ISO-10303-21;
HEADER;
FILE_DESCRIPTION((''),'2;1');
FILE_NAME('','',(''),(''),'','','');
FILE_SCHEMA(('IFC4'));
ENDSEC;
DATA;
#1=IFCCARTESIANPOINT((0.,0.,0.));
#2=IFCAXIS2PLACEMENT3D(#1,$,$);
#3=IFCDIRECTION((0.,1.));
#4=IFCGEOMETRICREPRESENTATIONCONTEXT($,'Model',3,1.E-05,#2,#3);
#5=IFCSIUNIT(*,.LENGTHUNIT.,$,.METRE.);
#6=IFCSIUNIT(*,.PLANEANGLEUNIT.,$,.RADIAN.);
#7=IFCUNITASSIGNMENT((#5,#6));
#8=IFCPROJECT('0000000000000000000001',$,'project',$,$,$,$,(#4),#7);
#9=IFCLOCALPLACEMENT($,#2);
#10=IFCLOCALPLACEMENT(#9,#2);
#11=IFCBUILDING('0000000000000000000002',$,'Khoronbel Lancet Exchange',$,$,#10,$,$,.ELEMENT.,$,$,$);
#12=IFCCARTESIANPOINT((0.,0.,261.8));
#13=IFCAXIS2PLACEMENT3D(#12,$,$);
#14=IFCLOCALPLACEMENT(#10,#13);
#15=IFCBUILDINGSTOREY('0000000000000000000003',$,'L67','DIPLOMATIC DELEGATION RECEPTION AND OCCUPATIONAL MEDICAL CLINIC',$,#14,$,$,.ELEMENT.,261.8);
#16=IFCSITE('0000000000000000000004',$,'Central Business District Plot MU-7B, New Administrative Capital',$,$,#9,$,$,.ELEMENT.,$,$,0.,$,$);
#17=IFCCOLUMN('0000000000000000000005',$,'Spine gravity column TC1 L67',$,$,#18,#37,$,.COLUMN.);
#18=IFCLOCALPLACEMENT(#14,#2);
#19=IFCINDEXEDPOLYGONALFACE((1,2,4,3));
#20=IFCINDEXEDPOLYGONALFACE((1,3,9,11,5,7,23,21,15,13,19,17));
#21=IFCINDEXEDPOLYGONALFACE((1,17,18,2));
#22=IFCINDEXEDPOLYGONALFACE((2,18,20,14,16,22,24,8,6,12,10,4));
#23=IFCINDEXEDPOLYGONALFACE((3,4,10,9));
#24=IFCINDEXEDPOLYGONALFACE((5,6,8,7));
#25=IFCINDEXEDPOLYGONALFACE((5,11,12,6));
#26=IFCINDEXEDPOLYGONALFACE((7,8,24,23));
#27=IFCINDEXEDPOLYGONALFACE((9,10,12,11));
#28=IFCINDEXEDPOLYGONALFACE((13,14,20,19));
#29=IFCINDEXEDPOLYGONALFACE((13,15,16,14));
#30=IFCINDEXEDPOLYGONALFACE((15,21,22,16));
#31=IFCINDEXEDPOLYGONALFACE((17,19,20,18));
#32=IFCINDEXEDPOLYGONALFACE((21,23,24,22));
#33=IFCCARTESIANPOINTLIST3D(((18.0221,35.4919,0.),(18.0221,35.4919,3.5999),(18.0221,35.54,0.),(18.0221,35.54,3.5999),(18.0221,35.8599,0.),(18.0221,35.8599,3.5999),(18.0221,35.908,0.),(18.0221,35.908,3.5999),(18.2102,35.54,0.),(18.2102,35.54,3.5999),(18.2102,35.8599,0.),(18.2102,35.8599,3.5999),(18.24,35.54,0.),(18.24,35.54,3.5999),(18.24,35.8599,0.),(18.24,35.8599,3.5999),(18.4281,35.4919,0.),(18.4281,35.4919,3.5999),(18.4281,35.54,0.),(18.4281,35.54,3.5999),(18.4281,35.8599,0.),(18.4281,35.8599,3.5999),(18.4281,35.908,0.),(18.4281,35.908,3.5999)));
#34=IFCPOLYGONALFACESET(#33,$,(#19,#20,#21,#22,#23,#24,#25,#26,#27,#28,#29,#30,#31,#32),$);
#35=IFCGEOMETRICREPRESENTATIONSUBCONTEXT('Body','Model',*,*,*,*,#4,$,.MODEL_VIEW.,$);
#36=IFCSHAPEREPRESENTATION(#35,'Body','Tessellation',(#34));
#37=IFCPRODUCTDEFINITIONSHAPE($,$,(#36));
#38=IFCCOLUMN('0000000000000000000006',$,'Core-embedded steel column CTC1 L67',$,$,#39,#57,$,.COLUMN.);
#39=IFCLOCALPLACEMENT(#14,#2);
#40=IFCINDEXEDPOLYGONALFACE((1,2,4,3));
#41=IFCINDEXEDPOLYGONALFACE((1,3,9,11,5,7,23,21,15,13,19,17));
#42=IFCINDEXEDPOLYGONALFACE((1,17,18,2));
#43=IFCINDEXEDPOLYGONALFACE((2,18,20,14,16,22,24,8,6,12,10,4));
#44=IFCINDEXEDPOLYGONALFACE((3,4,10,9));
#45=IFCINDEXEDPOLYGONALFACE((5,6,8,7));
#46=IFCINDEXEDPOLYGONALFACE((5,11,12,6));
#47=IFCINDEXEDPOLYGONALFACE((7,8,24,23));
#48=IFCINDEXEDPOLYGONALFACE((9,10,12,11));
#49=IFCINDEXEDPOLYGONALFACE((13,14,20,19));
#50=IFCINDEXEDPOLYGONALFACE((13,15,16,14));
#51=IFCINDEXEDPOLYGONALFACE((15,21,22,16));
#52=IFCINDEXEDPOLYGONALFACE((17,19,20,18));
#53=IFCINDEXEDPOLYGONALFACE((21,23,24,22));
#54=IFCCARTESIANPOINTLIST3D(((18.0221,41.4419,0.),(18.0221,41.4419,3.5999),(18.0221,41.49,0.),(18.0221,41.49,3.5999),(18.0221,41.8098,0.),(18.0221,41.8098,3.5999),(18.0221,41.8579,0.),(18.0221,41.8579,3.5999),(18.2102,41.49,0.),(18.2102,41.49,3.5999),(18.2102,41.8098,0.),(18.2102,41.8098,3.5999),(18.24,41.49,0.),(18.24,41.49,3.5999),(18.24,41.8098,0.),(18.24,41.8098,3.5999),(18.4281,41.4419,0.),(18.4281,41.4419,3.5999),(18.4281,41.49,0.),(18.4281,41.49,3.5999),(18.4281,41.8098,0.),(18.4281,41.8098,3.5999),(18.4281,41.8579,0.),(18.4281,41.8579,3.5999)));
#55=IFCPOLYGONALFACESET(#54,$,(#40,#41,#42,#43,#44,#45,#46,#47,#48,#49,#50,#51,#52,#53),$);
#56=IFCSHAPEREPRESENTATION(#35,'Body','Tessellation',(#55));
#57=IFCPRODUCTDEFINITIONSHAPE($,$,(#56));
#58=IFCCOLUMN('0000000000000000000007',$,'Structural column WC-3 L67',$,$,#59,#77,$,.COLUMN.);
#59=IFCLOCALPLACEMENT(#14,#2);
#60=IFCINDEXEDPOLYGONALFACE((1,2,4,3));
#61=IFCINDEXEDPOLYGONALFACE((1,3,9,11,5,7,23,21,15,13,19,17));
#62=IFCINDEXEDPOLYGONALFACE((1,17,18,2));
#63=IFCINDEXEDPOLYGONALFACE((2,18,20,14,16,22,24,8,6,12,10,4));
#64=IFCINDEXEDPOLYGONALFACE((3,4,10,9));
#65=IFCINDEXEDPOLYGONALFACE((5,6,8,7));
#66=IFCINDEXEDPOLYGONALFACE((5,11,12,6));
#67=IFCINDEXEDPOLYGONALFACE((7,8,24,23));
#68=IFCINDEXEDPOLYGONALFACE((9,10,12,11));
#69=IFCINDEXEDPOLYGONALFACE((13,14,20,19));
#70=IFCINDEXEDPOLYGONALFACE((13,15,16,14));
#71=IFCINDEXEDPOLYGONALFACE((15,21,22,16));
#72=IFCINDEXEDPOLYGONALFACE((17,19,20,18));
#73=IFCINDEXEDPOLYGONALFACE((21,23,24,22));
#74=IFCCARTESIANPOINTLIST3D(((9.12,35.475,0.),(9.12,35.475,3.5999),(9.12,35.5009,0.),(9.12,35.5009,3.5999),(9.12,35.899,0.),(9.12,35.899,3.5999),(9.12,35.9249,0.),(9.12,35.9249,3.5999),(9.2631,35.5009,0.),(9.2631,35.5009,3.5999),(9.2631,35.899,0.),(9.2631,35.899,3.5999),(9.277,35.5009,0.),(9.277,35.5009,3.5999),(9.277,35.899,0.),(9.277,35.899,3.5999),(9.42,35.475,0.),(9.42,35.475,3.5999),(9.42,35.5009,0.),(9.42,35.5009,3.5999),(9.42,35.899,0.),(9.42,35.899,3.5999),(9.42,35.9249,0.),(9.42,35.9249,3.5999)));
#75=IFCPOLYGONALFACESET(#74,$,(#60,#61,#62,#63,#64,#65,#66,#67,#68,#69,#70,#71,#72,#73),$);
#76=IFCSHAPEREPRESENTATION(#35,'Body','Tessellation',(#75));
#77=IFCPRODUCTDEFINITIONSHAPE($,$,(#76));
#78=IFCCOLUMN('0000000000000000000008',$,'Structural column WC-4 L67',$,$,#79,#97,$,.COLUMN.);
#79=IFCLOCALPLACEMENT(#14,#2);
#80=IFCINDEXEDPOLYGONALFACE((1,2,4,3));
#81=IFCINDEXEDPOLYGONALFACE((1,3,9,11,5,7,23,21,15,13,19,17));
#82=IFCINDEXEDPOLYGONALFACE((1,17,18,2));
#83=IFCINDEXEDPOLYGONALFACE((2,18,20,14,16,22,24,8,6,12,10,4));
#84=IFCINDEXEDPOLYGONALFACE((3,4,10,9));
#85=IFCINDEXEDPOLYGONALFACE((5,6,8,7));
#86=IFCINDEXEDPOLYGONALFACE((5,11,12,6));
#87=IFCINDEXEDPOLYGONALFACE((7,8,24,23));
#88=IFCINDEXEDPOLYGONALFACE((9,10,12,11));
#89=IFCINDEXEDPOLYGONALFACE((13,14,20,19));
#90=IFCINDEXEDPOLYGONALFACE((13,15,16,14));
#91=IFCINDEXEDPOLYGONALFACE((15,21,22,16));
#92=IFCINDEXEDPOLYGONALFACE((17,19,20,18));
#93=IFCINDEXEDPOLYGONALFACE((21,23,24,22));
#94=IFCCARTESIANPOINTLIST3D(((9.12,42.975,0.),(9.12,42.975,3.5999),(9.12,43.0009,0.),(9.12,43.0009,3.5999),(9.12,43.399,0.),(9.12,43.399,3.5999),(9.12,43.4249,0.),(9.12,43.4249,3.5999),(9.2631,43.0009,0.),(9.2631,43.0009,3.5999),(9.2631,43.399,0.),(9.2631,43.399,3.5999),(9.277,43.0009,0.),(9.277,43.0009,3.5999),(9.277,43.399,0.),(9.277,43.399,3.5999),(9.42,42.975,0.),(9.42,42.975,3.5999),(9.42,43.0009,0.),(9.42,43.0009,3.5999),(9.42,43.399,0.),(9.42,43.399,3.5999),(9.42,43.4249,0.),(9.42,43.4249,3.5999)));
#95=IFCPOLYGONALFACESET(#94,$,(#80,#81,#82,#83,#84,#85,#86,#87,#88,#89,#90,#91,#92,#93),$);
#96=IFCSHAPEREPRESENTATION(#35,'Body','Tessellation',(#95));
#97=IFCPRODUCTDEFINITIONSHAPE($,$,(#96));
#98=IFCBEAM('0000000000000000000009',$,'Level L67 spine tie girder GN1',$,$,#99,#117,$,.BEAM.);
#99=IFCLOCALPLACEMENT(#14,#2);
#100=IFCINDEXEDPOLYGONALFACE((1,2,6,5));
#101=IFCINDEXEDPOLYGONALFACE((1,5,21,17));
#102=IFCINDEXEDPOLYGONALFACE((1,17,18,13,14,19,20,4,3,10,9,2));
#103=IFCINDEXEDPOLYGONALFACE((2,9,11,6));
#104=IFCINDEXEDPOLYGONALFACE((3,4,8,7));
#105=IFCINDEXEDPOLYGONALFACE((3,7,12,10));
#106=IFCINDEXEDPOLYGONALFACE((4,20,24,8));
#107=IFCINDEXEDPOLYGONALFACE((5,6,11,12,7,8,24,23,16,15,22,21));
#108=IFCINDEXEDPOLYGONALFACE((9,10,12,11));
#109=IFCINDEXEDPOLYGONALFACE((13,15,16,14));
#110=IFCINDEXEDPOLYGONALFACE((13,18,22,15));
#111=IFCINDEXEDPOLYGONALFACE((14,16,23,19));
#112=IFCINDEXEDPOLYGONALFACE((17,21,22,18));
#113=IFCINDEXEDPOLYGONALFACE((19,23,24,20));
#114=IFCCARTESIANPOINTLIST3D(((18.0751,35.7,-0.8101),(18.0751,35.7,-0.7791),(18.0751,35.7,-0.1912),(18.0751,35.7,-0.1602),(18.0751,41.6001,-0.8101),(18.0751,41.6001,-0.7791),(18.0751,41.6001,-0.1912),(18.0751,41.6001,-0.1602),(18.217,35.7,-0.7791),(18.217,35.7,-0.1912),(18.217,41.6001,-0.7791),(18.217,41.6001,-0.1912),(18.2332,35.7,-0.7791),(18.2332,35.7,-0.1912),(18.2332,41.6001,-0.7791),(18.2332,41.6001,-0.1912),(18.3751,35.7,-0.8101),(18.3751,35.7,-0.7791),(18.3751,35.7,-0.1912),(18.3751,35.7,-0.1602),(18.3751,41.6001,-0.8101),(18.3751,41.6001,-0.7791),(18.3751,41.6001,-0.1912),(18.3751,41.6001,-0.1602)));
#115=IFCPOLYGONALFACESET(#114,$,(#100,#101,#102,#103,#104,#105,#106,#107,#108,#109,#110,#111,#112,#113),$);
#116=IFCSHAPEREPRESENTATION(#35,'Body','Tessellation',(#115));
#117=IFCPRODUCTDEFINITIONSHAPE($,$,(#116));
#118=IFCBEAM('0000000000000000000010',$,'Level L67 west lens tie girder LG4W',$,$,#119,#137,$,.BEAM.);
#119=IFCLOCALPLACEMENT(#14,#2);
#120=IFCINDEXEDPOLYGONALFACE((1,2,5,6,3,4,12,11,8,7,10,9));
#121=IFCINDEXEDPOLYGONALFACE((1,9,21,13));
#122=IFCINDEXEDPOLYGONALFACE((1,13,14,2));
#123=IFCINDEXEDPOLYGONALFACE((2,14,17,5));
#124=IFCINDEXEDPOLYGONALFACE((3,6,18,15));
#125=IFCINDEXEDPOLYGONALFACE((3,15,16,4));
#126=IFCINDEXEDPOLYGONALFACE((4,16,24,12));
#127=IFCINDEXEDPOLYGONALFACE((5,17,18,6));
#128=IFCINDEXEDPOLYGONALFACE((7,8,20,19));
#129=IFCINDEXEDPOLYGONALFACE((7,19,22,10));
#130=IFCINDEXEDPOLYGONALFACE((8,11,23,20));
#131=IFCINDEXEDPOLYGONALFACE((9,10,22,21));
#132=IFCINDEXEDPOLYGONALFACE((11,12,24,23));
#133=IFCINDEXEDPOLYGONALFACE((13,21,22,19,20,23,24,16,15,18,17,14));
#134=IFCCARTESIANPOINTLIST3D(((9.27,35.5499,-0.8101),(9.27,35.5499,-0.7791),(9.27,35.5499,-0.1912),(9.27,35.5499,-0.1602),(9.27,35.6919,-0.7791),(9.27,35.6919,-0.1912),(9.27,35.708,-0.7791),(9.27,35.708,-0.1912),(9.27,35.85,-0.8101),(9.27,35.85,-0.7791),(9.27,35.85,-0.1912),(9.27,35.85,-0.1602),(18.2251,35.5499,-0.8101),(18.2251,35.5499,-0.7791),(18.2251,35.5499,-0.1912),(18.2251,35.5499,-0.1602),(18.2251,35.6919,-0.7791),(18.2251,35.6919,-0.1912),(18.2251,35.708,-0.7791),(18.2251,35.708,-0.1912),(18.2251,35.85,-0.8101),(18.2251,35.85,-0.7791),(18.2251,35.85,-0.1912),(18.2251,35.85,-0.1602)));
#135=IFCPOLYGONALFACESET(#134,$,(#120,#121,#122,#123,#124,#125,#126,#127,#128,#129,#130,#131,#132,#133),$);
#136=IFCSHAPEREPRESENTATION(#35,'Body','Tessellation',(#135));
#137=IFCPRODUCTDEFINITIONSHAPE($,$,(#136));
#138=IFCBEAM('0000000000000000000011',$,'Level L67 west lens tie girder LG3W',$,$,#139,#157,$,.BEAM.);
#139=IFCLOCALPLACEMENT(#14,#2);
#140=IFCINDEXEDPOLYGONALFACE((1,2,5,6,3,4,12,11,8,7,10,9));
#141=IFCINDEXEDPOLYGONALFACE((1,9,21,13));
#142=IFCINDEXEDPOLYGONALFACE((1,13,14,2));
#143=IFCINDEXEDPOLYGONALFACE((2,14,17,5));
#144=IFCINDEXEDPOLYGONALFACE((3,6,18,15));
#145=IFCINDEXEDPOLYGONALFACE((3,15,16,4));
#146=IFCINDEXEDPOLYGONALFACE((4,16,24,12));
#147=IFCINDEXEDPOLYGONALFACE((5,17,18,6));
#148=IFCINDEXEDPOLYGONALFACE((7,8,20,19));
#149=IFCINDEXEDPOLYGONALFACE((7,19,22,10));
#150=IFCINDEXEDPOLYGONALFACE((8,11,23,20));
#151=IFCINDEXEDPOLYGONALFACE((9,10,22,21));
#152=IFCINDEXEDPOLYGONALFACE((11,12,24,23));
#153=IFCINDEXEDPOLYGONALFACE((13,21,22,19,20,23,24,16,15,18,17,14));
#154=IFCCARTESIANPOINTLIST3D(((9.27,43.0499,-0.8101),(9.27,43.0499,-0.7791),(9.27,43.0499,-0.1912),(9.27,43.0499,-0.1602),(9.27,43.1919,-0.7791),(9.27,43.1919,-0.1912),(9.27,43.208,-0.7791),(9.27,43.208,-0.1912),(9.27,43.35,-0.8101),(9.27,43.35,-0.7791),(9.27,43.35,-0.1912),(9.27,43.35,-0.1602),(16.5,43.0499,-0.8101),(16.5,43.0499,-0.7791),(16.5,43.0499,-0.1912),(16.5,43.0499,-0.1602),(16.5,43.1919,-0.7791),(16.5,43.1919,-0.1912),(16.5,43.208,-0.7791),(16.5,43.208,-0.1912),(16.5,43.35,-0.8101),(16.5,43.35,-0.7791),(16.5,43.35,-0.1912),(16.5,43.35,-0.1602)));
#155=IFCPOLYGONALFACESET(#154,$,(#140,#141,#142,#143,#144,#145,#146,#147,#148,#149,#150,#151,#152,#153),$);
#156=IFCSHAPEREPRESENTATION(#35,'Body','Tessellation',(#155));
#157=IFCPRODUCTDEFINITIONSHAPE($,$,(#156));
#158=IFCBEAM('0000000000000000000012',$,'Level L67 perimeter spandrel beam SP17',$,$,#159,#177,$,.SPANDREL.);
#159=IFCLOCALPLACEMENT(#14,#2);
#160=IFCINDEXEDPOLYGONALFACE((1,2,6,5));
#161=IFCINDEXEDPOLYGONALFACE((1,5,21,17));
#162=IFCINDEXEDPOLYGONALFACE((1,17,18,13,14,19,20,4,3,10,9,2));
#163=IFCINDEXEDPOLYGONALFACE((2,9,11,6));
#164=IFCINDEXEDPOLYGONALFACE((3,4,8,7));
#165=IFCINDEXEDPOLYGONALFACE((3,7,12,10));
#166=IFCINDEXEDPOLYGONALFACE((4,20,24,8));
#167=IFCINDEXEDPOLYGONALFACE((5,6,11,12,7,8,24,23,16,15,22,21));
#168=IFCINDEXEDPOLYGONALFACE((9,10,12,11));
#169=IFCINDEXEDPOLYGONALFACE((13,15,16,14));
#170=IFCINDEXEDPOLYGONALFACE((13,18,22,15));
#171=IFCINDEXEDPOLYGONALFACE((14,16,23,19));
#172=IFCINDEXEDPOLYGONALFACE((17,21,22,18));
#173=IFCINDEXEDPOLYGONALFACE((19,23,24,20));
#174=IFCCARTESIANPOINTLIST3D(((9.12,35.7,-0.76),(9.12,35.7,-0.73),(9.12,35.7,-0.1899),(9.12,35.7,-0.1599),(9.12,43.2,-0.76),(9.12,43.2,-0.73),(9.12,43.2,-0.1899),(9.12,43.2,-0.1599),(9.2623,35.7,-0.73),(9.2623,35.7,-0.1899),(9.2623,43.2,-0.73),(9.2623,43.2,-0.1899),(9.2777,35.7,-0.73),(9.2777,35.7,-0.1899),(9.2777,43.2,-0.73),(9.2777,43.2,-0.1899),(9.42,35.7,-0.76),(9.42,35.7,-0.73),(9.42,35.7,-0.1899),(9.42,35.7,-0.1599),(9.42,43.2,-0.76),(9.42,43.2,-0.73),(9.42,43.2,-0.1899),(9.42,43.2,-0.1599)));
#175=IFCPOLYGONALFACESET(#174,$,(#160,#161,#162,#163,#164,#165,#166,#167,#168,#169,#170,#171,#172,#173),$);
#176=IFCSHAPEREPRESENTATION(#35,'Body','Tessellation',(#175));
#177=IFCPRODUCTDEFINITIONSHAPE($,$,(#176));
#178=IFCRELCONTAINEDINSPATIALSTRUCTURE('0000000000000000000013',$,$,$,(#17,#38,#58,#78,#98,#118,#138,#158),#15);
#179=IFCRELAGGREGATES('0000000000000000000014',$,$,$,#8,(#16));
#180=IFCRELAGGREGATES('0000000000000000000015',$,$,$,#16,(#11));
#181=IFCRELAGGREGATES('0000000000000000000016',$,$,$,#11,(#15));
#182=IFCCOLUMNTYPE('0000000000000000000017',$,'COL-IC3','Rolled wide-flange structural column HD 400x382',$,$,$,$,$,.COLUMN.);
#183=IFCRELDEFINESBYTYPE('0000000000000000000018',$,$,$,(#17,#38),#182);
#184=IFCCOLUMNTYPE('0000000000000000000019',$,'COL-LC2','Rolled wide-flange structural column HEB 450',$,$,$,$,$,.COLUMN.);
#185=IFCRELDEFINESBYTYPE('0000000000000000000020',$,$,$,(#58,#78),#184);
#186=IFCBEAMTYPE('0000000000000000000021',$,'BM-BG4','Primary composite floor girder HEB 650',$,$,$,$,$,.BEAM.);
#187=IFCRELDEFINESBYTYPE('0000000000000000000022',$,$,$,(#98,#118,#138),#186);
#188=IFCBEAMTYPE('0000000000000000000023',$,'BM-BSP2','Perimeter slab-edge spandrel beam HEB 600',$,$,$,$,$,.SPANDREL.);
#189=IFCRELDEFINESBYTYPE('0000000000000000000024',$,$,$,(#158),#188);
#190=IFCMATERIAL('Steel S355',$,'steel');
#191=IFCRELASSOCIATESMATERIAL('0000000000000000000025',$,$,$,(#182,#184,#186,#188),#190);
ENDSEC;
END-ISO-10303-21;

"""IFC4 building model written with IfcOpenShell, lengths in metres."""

from ifc_helpers import new_model, si_unit, direction, frame, origin, origin_2d, place, context, subcontext, project, spatial, i_section, extrude, material, material_profile, profile_set, type_object, element, save


model = new_model("IFC4")

# Units and contexts
model_context = context("Model", 3, precision=1e-05, world=origin(), true_north=direction((0.0, 1.0)))
body_context = subcontext(model_context, "Body", "Model", "MODEL_VIEW")
ifc_project = project(units=[si_unit("LENGTHUNIT", "METRE"), si_unit("PLANEANGLEUNIT", "RADIAN")], contexts=[model_context])

# Site, building, storey
site_placement = place(None, origin())
site = spatial("IfcSite", under=ifc_project, at=site_placement, Name="Central Business District Plot MU-7B, New Administrative Capital", CompositionType="ELEMENT", RefElevation=0.0)
building_placement = place(site_placement, origin())
building = spatial("IfcBuilding", under=site, at=building_placement, Name="Khoronbel Lancet Exchange", CompositionType="ELEMENT")
storey_placement = place(building_placement, frame((0.0, 0.0, 261.8)))
storey = spatial("IfcBuildingStorey", under=building, at=storey_placement, Name="L67", Description="DIPLOMATIC DELEGATION RECEPTION AND OCCUPATIONAL MEDICAL CLINIC", CompositionType="ELEMENT", Elevation=261.8)

# Columns
ifc_material_1 = material(Name="Steel S355", Category="steel")
ifc_material_profile_1 = material_profile(ifc_material_1, i_section(OverallWidth=0.406, OverallDepth=0.416, WebThickness=0.0298, FlangeThickness=0.0481, at=origin_2d()), Name="HD 400x382")
ifc_profile_set_1 = profile_set([ifc_material_profile_1], Name="Steel S355")
column_type_1 = type_object("IfcColumnType", Name="COL-IC3", Description="Rolled wide-flange structural column HD 400x382", PredefinedType="COLUMN", material=ifc_profile_set_1)
for number, where, z_axis, x_axis, name in (
    (1, (18.2251, 35.7, 0.0), (0.0, 0.0, 1.0), (1.0, 0.0, 0.0), "Spine gravity column TC1 L67"),
    (2, (18.2251, 41.6499, 0.0), (0.0, 0.0, 1.0), (1.0, 0.0, 0.0), "Core-embedded steel column CTC1 L67"),
):
    element("IfcColumn", number, at=place(storey_placement, frame(where, z_axis=z_axis, x_axis=x_axis)), inside=storey, type_object=column_type_1, Name=name, PredefinedType="COLUMN", context=body_context, shape_type="SweptSolid", body=[
        extrude(i_section(OverallWidth=0.406, OverallDepth=0.416, WebThickness=0.0298, FlangeThickness=0.0481, at=origin_2d()), origin(), (0.0, 0.0, 1.0), 3.5999),
    ])
ifc_material_profile_2 = material_profile(ifc_material_1, i_section(OverallWidth=0.3, OverallDepth=0.45, WebThickness=0.0139, FlangeThickness=0.0259, at=origin_2d()), Name="HEB 450")
ifc_profile_set_2 = profile_set([ifc_material_profile_2], Name="Steel S355")
column_type_2 = type_object("IfcColumnType", Name="COL-LC2", Description="Rolled wide-flange structural column HEB 450", PredefinedType="COLUMN", material=ifc_profile_set_2)
for number, where, z_axis, x_axis, name in (
    (3, (9.27, 35.7, 0.0), (0.0, 0.0, 1.0), (1.0, 0.0, 0.0), "Structural column WC-3 L67"),
    (4, (9.27, 43.2, 0.0), (0.0, 0.0, 1.0), (1.0, 0.0, 0.0), "Structural column WC-4 L67"),
):
    element("IfcColumn", number, at=place(storey_placement, frame(where, z_axis=z_axis, x_axis=x_axis)), inside=storey, type_object=column_type_2, Name=name, PredefinedType="COLUMN", context=body_context, shape_type="SweptSolid", body=[
        extrude(i_section(OverallWidth=0.3, OverallDepth=0.45, WebThickness=0.0139, FlangeThickness=0.0259, at=origin_2d()), origin(), (0.0, 0.0, 1.0), 3.5999),
    ])

# Beams
ifc_material_profile_3 = material_profile(ifc_material_1, i_section(OverallWidth=0.3, OverallDepth=0.6499, WebThickness=0.0161, FlangeThickness=0.031, at=origin_2d()), Name="HEB 650")
ifc_profile_set_3 = profile_set([ifc_material_profile_3], Name="Steel S355")
beam_type_1 = type_object("IfcBeamType", Name="BM-BG4", Description="Primary composite floor girder HEB 650", PredefinedType="BEAM", material=ifc_profile_set_3)
beam_1_placement = place(storey_placement, frame((18.2251, 35.7, -0.4851), z_axis=(0.0, 1.0, 0.0), x_axis=(-1.0, 0.0, 0.0)))
element("IfcBeam", 5, at=beam_1_placement, inside=storey, type_object=beam_type_1, Name="Level L67 spine tie girder GN1", PredefinedType="BEAM", context=body_context, shape_type="SweptSolid", body=[
    extrude(i_section(OverallWidth=0.3, OverallDepth=0.6499, WebThickness=0.0161, FlangeThickness=0.031, at=origin_2d()), origin(), (0.0, 0.0, 1.0), 5.9001),
])
beam_2_placement = place(storey_placement, frame((9.27, 35.7, -0.4851), z_axis=(1.0, 0.0, 0.0), x_axis=(0.0, 1.0, 0.0)))
element("IfcBeam", 6, at=beam_2_placement, inside=storey, type_object=beam_type_1, Name="Level L67 west lens tie girder LG4W", PredefinedType="BEAM", context=body_context, shape_type="SweptSolid", body=[
    extrude(i_section(OverallWidth=0.3, OverallDepth=0.6499, WebThickness=0.0161, FlangeThickness=0.031, at=origin_2d()), origin(), (0.0, 0.0, 1.0), 8.9551),
])
beam_3_placement = place(storey_placement, frame((9.27, 43.2, -0.4851), z_axis=(1.0, 0.0, 0.0), x_axis=(0.0, 1.0, 0.0)))
element("IfcBeam", 7, at=beam_3_placement, inside=storey, type_object=beam_type_1, Name="Level L67 west lens tie girder LG3W", PredefinedType="BEAM", context=body_context, shape_type="SweptSolid", body=[
    extrude(i_section(OverallWidth=0.3, OverallDepth=0.6499, WebThickness=0.0161, FlangeThickness=0.031, at=origin_2d()), origin(), (0.0, 0.0, 1.0), 7.23),
])
ifc_material_profile_4 = material_profile(ifc_material_1, i_section(OverallWidth=0.3, OverallDepth=0.6001, WebThickness=0.0154, FlangeThickness=0.03, at=origin_2d()), Name="HEB 600")
ifc_profile_set_4 = profile_set([ifc_material_profile_4], Name="Steel S355")
beam_type_2 = type_object("IfcBeamType", Name="BM-BSP2", Description="Perimeter slab-edge spandrel beam HEB 600", PredefinedType="SPANDREL", material=ifc_profile_set_4)
beam_4_placement = place(storey_placement, frame((9.27, 43.2, -0.46), z_axis=(0.0, -1.0, 0.0), x_axis=(1.0, 0.0, 0.0)))
element("IfcBeam", 8, at=beam_4_placement, inside=storey, type_object=beam_type_2, Name="Level L67 perimeter spandrel beam SP17", PredefinedType="SPANDREL", context=body_context, shape_type="SweptSolid", body=[
    extrude(i_section(OverallWidth=0.3, OverallDepth=0.6001, WebThickness=0.0154, FlangeThickness=0.03, at=origin_2d()), origin(), (0.0, 0.0, 1.0), 7.5),
])

save(model, "model.ifc")
